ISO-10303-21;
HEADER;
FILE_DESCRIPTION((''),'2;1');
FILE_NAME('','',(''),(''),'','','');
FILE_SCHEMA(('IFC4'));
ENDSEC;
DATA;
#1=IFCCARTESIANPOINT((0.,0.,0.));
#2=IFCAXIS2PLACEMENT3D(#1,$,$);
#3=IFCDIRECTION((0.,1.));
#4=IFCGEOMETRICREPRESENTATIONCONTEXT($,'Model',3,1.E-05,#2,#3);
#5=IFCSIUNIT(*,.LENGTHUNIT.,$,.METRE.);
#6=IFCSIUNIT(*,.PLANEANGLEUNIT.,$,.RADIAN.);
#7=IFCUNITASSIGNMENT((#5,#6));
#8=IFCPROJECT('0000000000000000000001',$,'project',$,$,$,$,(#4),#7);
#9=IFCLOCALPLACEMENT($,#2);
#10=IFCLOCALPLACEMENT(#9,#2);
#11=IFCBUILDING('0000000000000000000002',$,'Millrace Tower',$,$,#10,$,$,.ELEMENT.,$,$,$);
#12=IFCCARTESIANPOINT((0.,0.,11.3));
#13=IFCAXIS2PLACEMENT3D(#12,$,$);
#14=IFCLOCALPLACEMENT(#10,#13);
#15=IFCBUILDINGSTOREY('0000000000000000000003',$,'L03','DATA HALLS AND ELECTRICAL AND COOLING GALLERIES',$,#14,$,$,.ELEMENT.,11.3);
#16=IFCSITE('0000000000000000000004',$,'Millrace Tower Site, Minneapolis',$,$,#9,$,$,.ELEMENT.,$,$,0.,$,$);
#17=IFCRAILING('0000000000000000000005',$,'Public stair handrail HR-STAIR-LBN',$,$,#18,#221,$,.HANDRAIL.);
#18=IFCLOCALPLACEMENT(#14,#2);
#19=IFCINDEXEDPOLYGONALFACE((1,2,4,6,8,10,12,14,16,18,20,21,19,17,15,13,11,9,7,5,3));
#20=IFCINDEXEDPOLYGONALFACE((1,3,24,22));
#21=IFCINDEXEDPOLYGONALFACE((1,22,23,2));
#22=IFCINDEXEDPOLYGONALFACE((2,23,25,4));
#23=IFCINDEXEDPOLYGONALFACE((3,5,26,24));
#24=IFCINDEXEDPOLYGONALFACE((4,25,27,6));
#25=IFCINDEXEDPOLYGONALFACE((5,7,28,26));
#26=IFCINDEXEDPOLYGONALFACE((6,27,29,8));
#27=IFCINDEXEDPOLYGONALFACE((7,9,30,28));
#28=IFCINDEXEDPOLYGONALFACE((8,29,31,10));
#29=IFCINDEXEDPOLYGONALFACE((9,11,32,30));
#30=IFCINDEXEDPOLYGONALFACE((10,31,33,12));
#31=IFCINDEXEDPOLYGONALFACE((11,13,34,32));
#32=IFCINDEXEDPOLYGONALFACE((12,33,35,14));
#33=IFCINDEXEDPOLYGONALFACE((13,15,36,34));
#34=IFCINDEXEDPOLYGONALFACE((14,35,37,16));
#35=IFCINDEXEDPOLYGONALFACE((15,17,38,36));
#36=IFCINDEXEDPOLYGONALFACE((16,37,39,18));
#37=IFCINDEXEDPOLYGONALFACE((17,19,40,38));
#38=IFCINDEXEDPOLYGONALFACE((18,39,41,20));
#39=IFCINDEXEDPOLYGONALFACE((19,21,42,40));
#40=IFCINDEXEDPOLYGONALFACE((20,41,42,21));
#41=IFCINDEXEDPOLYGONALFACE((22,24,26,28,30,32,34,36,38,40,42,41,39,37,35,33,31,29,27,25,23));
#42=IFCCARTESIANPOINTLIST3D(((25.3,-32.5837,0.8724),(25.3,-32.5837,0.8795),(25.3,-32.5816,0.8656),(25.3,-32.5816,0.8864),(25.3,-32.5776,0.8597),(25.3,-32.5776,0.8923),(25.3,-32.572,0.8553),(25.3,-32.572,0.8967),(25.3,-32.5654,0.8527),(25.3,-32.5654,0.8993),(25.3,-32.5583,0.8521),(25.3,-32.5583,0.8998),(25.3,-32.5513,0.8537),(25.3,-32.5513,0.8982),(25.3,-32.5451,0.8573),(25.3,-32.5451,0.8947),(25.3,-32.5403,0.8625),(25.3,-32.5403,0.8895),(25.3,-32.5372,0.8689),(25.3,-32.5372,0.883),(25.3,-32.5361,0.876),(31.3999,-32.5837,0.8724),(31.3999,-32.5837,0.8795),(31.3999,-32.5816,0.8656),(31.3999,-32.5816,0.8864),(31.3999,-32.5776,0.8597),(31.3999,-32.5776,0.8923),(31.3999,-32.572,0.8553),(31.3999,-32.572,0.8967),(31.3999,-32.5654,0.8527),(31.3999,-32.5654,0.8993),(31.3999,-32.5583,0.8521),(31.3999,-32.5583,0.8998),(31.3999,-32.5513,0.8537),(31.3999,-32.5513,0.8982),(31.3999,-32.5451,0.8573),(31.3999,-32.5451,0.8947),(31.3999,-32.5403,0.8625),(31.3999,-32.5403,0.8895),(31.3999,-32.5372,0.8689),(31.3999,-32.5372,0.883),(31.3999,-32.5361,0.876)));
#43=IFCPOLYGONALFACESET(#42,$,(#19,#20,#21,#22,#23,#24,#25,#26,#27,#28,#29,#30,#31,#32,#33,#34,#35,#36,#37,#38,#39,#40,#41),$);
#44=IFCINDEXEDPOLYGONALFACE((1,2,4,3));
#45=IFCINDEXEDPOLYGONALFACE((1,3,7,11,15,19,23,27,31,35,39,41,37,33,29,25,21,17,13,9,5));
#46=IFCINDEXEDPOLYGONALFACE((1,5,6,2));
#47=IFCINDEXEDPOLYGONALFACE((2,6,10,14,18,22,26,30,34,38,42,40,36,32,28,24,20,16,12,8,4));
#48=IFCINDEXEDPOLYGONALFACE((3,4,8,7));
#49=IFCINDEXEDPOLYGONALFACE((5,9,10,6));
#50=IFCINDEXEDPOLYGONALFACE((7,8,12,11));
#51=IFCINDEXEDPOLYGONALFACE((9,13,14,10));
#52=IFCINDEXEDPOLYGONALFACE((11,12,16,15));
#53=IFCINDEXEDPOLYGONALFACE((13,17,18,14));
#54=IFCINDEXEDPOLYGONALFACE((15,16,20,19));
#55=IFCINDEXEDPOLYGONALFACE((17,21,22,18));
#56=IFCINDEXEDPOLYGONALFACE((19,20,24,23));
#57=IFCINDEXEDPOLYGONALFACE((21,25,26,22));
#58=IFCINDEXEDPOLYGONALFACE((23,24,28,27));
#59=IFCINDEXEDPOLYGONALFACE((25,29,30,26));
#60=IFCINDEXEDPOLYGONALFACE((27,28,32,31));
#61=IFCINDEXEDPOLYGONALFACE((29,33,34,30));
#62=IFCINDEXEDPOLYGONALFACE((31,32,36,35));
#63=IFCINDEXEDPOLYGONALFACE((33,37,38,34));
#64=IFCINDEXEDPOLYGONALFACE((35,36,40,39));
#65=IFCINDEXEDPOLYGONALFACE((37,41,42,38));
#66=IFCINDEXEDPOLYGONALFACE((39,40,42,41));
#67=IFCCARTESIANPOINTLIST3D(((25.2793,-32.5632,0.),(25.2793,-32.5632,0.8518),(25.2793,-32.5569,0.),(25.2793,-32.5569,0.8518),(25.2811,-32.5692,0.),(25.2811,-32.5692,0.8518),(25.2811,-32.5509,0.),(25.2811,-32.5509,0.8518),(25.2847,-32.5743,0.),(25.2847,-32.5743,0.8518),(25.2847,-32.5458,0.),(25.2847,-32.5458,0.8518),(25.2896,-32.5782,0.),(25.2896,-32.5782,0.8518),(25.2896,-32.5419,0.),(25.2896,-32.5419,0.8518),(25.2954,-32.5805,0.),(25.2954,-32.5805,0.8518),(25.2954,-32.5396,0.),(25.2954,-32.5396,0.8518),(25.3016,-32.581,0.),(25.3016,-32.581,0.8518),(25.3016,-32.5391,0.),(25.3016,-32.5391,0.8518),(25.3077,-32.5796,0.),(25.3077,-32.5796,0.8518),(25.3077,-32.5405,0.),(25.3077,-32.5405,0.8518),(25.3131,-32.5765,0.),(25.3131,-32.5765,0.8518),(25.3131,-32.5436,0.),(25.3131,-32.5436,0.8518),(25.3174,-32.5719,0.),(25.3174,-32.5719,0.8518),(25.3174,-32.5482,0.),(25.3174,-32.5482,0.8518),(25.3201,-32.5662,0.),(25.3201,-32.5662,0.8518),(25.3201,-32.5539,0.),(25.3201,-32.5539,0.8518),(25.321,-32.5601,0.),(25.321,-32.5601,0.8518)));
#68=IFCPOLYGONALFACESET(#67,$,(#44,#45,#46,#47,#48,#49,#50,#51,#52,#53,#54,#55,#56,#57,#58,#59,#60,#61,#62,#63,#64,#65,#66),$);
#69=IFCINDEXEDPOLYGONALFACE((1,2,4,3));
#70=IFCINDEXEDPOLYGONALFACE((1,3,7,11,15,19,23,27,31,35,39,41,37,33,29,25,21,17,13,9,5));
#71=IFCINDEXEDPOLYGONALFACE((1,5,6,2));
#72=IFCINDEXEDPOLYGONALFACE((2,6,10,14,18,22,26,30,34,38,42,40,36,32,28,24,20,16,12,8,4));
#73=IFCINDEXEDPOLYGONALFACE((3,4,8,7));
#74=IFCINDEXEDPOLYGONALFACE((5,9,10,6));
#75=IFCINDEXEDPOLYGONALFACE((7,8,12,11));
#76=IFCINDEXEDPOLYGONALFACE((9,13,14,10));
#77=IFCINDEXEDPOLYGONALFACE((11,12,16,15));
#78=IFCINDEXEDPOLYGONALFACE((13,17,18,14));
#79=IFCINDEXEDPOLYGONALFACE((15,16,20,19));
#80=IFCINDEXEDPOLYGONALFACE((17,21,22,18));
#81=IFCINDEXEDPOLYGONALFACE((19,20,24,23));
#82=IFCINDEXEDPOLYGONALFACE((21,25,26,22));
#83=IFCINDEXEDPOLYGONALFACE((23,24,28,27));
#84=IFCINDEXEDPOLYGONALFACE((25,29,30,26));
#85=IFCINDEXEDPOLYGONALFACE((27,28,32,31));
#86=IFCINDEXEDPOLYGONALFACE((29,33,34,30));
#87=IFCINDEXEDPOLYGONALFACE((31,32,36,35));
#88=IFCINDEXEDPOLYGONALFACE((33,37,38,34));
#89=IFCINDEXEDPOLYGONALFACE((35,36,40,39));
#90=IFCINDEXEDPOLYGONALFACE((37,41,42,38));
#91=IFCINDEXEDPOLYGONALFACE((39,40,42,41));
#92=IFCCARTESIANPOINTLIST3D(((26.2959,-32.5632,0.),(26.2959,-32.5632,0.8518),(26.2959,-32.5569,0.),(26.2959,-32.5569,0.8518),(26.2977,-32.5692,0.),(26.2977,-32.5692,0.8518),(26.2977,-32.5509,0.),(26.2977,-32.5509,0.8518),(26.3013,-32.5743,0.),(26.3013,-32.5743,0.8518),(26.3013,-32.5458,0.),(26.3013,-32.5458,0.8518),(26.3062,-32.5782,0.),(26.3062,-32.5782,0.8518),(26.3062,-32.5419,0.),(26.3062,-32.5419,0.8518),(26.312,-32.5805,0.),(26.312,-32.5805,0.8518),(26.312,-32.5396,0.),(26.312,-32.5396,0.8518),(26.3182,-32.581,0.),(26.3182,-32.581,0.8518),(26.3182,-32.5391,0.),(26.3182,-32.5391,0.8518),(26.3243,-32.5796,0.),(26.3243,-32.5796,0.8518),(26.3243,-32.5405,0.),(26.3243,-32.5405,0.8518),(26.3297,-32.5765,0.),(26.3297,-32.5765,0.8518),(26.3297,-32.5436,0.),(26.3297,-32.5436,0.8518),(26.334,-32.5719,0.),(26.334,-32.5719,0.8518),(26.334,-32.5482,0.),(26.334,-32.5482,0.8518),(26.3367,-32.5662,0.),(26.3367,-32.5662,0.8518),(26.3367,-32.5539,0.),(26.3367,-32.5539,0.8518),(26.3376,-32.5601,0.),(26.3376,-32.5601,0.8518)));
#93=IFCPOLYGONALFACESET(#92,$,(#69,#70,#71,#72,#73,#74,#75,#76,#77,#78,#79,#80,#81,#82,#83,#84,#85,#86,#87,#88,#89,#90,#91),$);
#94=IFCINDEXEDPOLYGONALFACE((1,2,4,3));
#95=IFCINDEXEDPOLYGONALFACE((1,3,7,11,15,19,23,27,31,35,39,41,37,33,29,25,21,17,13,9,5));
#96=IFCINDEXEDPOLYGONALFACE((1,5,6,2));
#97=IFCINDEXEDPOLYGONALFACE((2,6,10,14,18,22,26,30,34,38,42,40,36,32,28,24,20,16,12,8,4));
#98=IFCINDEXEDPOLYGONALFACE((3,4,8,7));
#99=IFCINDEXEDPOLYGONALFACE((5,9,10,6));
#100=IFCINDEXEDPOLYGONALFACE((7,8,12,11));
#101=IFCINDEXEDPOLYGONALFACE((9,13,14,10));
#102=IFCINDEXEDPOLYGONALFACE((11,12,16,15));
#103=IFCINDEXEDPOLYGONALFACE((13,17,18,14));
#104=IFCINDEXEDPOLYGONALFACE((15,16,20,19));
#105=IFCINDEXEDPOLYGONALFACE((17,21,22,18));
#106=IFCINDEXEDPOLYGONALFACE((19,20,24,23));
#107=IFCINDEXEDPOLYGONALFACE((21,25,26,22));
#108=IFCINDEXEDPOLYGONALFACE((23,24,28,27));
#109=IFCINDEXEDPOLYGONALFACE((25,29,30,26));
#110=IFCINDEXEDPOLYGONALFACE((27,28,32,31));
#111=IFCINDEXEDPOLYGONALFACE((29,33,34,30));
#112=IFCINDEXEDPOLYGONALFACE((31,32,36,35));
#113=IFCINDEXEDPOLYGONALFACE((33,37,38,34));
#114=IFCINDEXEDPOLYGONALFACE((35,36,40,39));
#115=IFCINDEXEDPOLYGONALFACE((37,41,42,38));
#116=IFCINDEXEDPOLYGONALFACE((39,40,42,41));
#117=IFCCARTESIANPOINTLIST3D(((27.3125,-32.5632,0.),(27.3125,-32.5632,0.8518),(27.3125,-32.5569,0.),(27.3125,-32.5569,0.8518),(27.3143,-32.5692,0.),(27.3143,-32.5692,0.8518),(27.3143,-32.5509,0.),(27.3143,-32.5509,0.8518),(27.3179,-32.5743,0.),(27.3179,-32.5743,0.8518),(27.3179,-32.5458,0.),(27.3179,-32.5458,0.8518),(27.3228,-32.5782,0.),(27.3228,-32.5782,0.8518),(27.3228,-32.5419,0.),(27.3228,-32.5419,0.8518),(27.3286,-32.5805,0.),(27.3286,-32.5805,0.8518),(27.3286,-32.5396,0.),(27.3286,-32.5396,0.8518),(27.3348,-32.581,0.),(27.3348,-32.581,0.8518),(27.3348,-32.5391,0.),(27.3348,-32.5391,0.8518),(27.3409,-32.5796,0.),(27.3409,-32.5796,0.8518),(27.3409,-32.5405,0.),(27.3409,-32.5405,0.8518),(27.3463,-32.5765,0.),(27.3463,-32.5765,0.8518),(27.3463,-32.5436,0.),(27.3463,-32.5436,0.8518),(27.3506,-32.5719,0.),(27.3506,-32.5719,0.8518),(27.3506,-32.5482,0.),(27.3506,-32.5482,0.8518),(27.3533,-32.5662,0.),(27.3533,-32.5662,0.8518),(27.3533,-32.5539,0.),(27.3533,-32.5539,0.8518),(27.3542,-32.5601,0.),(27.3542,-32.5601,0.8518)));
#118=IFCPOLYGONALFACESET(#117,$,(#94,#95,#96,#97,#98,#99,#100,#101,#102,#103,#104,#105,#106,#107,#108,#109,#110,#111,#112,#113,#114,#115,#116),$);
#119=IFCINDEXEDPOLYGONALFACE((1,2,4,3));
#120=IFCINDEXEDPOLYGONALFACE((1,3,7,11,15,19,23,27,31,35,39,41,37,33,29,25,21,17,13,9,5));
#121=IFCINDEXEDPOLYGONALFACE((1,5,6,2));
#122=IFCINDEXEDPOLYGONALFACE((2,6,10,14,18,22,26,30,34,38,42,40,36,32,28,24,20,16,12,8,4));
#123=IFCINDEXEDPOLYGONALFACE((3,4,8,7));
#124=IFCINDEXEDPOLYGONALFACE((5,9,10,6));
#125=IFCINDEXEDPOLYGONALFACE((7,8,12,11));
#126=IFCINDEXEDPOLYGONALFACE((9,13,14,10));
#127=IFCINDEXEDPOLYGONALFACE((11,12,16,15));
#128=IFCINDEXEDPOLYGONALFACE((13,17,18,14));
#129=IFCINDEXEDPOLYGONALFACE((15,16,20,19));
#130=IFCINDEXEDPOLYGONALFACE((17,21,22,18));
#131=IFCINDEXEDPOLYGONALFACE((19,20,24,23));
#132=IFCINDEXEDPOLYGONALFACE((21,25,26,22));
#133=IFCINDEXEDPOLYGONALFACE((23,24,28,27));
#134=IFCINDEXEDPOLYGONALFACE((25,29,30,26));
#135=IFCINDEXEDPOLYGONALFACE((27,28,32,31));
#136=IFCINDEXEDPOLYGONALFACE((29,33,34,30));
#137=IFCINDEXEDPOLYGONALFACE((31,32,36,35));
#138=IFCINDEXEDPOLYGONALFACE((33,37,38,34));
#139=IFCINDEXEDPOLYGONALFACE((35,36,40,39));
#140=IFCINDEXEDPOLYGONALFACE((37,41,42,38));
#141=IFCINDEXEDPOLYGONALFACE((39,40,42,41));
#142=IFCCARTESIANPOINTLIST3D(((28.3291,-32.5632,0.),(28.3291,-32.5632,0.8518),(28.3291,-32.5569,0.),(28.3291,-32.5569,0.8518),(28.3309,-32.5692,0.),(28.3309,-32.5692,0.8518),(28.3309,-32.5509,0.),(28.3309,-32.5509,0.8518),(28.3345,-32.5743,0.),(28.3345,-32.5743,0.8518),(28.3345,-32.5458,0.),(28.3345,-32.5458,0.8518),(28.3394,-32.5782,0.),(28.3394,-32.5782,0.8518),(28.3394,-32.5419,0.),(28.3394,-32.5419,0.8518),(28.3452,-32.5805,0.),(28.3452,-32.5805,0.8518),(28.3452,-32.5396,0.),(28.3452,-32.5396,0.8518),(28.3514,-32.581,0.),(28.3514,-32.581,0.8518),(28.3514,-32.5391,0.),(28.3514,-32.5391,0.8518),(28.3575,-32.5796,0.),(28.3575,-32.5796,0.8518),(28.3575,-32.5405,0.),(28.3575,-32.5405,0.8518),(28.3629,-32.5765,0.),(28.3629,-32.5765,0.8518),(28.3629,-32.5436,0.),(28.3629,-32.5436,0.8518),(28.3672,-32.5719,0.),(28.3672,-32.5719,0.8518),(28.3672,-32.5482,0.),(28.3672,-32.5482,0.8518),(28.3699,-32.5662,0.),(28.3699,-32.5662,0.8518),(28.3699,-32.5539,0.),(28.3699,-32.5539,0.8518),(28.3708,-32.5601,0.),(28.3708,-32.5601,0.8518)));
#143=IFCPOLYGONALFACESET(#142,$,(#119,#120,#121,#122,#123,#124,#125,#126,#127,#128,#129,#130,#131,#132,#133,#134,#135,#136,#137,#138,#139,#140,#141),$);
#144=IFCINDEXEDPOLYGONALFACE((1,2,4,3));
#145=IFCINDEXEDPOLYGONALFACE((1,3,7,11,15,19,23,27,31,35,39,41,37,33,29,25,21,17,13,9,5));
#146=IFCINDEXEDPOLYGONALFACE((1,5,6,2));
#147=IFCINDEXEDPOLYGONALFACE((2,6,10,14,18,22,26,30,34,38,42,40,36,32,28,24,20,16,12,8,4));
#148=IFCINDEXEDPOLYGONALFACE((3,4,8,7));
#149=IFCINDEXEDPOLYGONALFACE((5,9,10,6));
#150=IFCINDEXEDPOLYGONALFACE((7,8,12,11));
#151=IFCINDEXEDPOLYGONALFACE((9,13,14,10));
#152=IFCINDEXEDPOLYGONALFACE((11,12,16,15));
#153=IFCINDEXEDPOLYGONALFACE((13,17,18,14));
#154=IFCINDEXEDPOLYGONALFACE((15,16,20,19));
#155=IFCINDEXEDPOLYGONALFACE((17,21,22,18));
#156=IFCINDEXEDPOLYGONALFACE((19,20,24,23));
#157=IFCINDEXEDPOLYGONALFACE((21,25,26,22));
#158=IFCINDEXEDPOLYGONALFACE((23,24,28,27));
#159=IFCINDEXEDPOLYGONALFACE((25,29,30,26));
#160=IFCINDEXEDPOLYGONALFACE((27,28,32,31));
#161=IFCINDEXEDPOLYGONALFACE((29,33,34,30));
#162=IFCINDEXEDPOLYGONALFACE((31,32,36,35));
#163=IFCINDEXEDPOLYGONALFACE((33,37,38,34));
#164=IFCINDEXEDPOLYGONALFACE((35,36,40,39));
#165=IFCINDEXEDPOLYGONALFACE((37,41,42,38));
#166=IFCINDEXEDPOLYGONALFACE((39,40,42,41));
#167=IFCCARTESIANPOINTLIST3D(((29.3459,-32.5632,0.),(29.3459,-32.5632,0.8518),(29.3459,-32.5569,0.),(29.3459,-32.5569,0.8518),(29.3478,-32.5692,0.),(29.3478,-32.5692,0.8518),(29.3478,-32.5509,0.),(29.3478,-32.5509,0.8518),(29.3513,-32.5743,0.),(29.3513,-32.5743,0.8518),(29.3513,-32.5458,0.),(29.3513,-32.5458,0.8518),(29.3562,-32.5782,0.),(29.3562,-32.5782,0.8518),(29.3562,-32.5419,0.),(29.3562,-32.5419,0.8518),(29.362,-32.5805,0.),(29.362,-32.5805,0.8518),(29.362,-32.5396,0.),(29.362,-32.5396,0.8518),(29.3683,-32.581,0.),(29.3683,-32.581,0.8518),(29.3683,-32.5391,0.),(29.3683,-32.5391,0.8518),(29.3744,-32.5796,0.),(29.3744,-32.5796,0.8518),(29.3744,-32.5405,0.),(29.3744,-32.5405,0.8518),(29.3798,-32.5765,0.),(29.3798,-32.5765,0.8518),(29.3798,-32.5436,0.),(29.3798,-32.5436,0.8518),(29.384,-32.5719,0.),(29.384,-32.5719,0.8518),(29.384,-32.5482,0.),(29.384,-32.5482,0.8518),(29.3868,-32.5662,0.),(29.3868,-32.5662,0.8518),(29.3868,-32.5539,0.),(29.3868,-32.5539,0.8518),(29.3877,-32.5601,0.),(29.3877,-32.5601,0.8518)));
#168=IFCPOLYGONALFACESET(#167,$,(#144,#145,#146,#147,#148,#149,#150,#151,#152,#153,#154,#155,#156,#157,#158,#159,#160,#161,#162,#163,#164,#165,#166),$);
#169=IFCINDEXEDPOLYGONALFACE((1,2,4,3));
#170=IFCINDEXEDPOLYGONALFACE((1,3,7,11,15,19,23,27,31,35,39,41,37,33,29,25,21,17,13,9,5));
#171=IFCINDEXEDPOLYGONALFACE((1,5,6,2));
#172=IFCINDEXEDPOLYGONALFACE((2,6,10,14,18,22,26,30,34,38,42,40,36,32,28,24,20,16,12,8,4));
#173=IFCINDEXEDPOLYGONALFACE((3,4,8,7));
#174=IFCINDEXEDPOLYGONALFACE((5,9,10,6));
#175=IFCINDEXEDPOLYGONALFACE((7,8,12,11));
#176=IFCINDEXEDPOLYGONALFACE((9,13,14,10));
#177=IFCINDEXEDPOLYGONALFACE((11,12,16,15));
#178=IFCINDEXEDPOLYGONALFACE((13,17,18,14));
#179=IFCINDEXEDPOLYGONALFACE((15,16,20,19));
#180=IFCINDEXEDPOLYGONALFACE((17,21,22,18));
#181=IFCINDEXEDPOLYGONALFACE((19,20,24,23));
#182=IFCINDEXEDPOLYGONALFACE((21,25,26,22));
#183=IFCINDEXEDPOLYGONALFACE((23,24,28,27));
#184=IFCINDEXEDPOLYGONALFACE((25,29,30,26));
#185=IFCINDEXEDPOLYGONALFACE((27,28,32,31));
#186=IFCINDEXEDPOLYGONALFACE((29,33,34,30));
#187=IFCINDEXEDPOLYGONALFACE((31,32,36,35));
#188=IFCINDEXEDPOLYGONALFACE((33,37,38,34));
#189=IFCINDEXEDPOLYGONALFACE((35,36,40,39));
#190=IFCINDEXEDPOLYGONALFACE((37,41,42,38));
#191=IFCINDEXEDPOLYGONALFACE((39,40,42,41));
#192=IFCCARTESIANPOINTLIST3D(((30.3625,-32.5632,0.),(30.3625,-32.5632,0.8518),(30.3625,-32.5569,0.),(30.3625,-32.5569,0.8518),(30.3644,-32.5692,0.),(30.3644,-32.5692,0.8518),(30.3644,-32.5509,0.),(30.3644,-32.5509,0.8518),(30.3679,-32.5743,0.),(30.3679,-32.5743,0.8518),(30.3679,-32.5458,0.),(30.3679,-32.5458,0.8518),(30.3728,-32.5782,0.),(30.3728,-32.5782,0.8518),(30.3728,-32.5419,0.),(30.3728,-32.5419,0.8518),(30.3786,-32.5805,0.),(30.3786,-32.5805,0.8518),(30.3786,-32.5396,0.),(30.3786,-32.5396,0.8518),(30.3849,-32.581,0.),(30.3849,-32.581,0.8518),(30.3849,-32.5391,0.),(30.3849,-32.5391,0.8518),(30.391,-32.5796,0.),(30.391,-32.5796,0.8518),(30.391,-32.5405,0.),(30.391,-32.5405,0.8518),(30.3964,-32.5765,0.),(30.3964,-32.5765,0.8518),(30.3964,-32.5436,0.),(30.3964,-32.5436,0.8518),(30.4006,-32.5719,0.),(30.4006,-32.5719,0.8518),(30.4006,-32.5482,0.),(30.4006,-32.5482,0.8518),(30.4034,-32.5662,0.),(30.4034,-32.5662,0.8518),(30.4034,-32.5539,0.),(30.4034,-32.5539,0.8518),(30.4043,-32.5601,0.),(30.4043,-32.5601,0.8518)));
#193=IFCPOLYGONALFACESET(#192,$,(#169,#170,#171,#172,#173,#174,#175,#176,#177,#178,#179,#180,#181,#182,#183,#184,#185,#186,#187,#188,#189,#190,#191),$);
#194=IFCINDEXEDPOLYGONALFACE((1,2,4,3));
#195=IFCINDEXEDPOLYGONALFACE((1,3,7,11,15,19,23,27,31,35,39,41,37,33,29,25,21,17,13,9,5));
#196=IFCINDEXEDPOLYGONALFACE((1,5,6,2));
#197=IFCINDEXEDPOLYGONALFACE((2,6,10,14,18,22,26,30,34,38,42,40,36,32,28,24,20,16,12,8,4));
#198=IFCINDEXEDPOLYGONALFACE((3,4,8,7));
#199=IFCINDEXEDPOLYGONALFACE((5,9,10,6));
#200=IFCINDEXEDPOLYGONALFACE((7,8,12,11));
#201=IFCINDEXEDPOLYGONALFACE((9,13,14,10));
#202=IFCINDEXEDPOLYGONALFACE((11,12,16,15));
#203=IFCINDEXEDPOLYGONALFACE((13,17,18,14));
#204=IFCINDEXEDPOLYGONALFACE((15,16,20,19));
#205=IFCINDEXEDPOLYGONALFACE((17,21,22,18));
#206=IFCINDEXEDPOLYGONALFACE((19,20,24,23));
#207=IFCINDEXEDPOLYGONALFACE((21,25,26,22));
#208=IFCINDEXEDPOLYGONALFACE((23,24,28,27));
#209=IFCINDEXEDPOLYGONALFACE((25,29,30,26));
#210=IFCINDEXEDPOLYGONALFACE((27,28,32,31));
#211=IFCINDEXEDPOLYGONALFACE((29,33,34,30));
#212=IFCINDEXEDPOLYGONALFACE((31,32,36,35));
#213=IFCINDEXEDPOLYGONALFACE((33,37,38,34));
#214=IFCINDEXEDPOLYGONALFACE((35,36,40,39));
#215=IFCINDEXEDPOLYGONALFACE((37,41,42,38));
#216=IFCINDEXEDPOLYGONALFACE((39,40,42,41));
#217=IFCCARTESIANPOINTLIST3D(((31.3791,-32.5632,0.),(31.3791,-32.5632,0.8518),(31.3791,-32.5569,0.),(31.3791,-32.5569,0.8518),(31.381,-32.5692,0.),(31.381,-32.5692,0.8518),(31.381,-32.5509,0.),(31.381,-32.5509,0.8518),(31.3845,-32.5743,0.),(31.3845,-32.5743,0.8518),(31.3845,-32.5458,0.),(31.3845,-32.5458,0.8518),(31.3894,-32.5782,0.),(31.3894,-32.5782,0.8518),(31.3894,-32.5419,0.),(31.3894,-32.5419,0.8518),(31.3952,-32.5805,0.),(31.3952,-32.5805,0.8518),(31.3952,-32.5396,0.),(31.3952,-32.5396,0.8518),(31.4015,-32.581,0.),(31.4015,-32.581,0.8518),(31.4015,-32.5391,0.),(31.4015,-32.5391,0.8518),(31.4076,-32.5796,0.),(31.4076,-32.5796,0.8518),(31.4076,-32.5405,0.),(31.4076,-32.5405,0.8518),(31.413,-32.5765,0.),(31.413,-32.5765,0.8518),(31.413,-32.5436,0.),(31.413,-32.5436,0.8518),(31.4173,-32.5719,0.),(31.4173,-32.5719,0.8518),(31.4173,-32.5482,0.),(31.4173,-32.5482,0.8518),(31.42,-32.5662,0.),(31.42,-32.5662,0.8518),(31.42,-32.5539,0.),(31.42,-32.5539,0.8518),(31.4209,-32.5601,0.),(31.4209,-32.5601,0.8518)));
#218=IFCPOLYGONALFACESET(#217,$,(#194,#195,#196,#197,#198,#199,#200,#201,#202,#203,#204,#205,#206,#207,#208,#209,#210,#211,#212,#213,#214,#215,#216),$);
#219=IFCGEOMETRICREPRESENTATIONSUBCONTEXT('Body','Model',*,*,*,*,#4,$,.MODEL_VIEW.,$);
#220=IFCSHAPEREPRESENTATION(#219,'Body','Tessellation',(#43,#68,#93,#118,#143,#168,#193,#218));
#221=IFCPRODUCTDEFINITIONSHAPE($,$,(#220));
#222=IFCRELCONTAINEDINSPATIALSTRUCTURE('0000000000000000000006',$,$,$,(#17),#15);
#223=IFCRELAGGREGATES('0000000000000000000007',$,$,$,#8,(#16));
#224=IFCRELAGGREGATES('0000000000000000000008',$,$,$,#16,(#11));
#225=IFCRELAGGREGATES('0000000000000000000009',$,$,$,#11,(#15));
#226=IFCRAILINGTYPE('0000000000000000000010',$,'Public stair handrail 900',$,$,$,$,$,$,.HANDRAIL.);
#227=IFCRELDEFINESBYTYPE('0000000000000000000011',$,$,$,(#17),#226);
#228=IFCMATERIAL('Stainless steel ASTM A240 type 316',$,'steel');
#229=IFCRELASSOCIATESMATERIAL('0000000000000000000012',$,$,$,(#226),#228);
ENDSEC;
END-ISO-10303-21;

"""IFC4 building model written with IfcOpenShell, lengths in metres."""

from ifc_helpers import new_model, si_unit, direction, frame, origin, origin_2d, place, context, subcontext, project, spatial, circle, extrude, material, type_object, element, save


model = new_model("IFC4")

# Units and contexts
model_context = context("Model", 3, precision=1e-05, world=origin(), true_north=direction((0.0, 1.0)))
body_context = subcontext(model_context, "Body", "Model", "MODEL_VIEW")
ifc_project = project(units=[si_unit("LENGTHUNIT", "METRE"), si_unit("PLANEANGLEUNIT", "RADIAN")], contexts=[model_context])

# Site, building, storey
site_placement = place(None, origin())
site = spatial("IfcSite", under=ifc_project, at=site_placement, Name="Millrace Tower Site, Minneapolis", CompositionType="ELEMENT", RefElevation=0.0)
building_placement = place(site_placement, origin())
building = spatial("IfcBuilding", under=site, at=building_placement, Name="Millrace Tower", CompositionType="ELEMENT")
storey_placement = place(building_placement, frame((0.0, 0.0, 11.3)))
storey = spatial("IfcBuildingStorey", under=building, at=storey_placement, Name="L03", Description="DATA HALLS AND ELECTRICAL AND COOLING GALLERIES", CompositionType="ELEMENT", Elevation=11.3)

# Railing
placement_1 = place(storey_placement, frame((25.3, -32.5601, 0.0)))
ifc_material_1 = material(Name="Stainless steel ASTM A240 type 316", Category="steel")
railing_type_1 = type_object("IfcRailingType", Name="Public stair handrail 900", PredefinedType="HANDRAIL", material=ifc_material_1)
element("IfcRailing", 1, at=placement_1, inside=storey, type_object=railing_type_1, Name="Public stair handrail HR-STAIR-LBN", PredefinedType="HANDRAIL", context=body_context, shape_type="SweptSolid", body=[
    extrude(circle(Radius=0.0239, at=origin_2d()), frame((0.0, 0.0, 0.876), z_axis=(1.0, 0.0, 0.0), x_axis=(0.0, 1.0, 0.0)), (0.0, 0.0, 1.0), 6.0999),
    extrude(circle(Radius=0.021, at=origin_2d()), origin(), (0.0, 0.0, 1.0), 0.8518),
    extrude(circle(Radius=0.021, at=origin_2d()), frame((1.0166, 0.0, 0.0)), (0.0, 0.0, 1.0), 0.8518),
    extrude(circle(Radius=0.021, at=origin_2d()), frame((2.0332, 0.0, 0.0)), (0.0, 0.0, 1.0), 0.8518),
    extrude(circle(Radius=0.021, at=origin_2d()), frame((3.0498, 0.0, 0.0)), (0.0, 0.0, 1.0), 0.8518),
    extrude(circle(Radius=0.021, at=origin_2d()), frame((4.0667, 0.0, 0.0)), (0.0, 0.0, 1.0), 0.8518),
    extrude(circle(Radius=0.021, at=origin_2d()), frame((5.0833, 0.0, 0.0)), (0.0, 0.0, 1.0), 0.8518),
    extrude(circle(Radius=0.021, at=origin_2d()), frame((6.0999, 0.0, 0.0)), (0.0, 0.0, 1.0), 0.8518),
])

save(model, "model.ifc")
